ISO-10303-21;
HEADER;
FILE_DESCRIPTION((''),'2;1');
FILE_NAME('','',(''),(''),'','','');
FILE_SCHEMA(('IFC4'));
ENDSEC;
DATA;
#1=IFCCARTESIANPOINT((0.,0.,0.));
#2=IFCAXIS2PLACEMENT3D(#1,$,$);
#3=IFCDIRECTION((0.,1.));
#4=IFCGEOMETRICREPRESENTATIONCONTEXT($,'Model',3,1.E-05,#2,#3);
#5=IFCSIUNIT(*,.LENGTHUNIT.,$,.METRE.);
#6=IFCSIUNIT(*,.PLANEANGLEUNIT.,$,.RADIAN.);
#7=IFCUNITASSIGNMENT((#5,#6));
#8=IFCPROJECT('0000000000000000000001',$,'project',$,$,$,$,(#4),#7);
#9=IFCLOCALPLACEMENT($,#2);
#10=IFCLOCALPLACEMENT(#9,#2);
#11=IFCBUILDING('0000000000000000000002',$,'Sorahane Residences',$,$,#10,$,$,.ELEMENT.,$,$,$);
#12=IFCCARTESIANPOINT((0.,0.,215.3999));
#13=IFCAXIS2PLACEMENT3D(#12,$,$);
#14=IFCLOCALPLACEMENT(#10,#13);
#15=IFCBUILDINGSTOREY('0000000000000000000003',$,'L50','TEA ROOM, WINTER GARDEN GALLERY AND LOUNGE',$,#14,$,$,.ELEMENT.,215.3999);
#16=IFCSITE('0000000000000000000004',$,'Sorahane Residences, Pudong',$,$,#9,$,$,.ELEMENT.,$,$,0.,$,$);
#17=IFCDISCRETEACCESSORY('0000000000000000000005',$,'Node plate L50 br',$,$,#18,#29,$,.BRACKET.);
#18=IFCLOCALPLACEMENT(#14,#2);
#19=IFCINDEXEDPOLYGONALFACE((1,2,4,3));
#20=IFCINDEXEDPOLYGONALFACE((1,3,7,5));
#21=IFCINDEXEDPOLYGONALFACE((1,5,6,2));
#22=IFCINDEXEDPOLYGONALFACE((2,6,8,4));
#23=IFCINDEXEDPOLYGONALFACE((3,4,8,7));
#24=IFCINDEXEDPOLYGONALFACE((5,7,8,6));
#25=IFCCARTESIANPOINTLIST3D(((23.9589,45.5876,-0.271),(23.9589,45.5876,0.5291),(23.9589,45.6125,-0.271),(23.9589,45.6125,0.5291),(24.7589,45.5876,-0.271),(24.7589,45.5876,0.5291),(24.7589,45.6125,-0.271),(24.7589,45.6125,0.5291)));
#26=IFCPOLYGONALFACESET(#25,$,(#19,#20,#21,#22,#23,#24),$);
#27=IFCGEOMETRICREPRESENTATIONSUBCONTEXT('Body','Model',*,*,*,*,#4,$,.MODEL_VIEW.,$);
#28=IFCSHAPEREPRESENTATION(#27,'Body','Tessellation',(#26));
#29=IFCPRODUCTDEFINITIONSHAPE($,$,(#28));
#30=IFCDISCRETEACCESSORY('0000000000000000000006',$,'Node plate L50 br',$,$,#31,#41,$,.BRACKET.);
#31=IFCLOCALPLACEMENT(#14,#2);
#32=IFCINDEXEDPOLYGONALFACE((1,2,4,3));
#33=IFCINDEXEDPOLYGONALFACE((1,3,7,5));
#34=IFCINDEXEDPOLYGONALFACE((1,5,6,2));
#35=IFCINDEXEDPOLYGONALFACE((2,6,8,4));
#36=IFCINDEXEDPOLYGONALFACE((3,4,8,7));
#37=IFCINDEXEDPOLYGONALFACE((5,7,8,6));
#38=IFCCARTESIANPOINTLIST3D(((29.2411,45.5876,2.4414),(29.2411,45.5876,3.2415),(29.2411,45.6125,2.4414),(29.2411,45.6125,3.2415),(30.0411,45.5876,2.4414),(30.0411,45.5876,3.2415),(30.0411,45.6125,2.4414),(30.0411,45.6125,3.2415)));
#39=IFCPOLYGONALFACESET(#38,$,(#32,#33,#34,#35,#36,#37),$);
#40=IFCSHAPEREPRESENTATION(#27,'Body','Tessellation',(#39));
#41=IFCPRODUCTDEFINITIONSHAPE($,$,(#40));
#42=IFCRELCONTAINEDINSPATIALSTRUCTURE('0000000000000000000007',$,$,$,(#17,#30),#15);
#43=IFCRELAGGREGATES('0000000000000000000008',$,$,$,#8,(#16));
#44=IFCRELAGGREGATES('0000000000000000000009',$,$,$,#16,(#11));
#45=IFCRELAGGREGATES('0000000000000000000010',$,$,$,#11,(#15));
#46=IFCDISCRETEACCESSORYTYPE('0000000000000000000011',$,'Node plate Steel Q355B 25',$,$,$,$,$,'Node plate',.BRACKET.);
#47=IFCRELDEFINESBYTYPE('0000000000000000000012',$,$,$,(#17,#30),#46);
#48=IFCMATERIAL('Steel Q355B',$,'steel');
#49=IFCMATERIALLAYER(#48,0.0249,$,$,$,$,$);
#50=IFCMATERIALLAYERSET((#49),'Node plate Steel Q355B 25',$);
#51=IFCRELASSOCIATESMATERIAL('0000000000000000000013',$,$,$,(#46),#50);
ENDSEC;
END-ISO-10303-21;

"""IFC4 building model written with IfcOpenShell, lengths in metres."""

from ifc_helpers import new_model, si_unit, direction, frame, origin, origin_2d, place, context, subcontext, project, spatial, rectangle, extrude, material, layer, layer_set, type_object, element, save


model = new_model("IFC4")

# Units and contexts
model_context = context("Model", 3, precision=1e-05, world=origin(), true_north=direction((0.0, 1.0)))
body_context = subcontext(model_context, "Body", "Model", "MODEL_VIEW")
ifc_project = project(units=[si_unit("LENGTHUNIT", "METRE"), si_unit("PLANEANGLEUNIT", "RADIAN")], contexts=[model_context])

# Site, building, storey
site_placement = place(None, origin())
site = spatial("IfcSite", under=ifc_project, at=site_placement, Name="Sorahane Residences, Pudong", CompositionType="ELEMENT", RefElevation=0.0)
building_placement = place(site_placement, origin())
building = spatial("IfcBuilding", under=site, at=building_placement, Name="Sorahane Residences", CompositionType="ELEMENT")
storey_placement = place(building_placement, frame((0.0, 0.0, 215.3999)))
storey = spatial("IfcBuildingStorey", under=building, at=storey_placement, Name="L50", Description="TEA ROOM, WINTER GARDEN GALLERY AND LOUNGE", CompositionType="ELEMENT", Elevation=215.3999)

# Discrete accessories
ifc_material_1 = material(Name="Steel Q355B", Category="steel")
ifc_layer_1 = layer(ifc_material_1, 0.0249)
ifc_layer_set_1 = layer_set([ifc_layer_1], Name="Node plate Steel Q355B 25")
discrete_accessory_type = type_object("IfcDiscreteAccessoryType", Name="Node plate Steel Q355B 25", ElementType="Node plate", PredefinedType="BRACKET", material=ifc_layer_set_1)
for number, where, z_axis, x_axis, name in (
    (1, (24.3589, 45.6001, -0.271), (0.0, 0.0, 1.0), (1.0, 0.0, 0.0), "Node plate L50 br"),
    (2, (29.6411, 45.6001, 2.4414), (0.0, 0.0, 1.0), (1.0, 0.0, 0.0), "Node plate L50 br"),
):
    element("IfcDiscreteAccessory", number, at=place(storey_placement, frame(where, z_axis=z_axis, x_axis=x_axis)), inside=storey, type_object=discrete_accessory_type, Name=name, PredefinedType="BRACKET", context=body_context, shape_type="SweptSolid", body=[
        extrude(rectangle(XDim=0.8, YDim=0.0249, at=origin_2d()), origin(), (0.0, 0.0, 1.0), 0.8),
    ])

save(model, "model.ifc")
